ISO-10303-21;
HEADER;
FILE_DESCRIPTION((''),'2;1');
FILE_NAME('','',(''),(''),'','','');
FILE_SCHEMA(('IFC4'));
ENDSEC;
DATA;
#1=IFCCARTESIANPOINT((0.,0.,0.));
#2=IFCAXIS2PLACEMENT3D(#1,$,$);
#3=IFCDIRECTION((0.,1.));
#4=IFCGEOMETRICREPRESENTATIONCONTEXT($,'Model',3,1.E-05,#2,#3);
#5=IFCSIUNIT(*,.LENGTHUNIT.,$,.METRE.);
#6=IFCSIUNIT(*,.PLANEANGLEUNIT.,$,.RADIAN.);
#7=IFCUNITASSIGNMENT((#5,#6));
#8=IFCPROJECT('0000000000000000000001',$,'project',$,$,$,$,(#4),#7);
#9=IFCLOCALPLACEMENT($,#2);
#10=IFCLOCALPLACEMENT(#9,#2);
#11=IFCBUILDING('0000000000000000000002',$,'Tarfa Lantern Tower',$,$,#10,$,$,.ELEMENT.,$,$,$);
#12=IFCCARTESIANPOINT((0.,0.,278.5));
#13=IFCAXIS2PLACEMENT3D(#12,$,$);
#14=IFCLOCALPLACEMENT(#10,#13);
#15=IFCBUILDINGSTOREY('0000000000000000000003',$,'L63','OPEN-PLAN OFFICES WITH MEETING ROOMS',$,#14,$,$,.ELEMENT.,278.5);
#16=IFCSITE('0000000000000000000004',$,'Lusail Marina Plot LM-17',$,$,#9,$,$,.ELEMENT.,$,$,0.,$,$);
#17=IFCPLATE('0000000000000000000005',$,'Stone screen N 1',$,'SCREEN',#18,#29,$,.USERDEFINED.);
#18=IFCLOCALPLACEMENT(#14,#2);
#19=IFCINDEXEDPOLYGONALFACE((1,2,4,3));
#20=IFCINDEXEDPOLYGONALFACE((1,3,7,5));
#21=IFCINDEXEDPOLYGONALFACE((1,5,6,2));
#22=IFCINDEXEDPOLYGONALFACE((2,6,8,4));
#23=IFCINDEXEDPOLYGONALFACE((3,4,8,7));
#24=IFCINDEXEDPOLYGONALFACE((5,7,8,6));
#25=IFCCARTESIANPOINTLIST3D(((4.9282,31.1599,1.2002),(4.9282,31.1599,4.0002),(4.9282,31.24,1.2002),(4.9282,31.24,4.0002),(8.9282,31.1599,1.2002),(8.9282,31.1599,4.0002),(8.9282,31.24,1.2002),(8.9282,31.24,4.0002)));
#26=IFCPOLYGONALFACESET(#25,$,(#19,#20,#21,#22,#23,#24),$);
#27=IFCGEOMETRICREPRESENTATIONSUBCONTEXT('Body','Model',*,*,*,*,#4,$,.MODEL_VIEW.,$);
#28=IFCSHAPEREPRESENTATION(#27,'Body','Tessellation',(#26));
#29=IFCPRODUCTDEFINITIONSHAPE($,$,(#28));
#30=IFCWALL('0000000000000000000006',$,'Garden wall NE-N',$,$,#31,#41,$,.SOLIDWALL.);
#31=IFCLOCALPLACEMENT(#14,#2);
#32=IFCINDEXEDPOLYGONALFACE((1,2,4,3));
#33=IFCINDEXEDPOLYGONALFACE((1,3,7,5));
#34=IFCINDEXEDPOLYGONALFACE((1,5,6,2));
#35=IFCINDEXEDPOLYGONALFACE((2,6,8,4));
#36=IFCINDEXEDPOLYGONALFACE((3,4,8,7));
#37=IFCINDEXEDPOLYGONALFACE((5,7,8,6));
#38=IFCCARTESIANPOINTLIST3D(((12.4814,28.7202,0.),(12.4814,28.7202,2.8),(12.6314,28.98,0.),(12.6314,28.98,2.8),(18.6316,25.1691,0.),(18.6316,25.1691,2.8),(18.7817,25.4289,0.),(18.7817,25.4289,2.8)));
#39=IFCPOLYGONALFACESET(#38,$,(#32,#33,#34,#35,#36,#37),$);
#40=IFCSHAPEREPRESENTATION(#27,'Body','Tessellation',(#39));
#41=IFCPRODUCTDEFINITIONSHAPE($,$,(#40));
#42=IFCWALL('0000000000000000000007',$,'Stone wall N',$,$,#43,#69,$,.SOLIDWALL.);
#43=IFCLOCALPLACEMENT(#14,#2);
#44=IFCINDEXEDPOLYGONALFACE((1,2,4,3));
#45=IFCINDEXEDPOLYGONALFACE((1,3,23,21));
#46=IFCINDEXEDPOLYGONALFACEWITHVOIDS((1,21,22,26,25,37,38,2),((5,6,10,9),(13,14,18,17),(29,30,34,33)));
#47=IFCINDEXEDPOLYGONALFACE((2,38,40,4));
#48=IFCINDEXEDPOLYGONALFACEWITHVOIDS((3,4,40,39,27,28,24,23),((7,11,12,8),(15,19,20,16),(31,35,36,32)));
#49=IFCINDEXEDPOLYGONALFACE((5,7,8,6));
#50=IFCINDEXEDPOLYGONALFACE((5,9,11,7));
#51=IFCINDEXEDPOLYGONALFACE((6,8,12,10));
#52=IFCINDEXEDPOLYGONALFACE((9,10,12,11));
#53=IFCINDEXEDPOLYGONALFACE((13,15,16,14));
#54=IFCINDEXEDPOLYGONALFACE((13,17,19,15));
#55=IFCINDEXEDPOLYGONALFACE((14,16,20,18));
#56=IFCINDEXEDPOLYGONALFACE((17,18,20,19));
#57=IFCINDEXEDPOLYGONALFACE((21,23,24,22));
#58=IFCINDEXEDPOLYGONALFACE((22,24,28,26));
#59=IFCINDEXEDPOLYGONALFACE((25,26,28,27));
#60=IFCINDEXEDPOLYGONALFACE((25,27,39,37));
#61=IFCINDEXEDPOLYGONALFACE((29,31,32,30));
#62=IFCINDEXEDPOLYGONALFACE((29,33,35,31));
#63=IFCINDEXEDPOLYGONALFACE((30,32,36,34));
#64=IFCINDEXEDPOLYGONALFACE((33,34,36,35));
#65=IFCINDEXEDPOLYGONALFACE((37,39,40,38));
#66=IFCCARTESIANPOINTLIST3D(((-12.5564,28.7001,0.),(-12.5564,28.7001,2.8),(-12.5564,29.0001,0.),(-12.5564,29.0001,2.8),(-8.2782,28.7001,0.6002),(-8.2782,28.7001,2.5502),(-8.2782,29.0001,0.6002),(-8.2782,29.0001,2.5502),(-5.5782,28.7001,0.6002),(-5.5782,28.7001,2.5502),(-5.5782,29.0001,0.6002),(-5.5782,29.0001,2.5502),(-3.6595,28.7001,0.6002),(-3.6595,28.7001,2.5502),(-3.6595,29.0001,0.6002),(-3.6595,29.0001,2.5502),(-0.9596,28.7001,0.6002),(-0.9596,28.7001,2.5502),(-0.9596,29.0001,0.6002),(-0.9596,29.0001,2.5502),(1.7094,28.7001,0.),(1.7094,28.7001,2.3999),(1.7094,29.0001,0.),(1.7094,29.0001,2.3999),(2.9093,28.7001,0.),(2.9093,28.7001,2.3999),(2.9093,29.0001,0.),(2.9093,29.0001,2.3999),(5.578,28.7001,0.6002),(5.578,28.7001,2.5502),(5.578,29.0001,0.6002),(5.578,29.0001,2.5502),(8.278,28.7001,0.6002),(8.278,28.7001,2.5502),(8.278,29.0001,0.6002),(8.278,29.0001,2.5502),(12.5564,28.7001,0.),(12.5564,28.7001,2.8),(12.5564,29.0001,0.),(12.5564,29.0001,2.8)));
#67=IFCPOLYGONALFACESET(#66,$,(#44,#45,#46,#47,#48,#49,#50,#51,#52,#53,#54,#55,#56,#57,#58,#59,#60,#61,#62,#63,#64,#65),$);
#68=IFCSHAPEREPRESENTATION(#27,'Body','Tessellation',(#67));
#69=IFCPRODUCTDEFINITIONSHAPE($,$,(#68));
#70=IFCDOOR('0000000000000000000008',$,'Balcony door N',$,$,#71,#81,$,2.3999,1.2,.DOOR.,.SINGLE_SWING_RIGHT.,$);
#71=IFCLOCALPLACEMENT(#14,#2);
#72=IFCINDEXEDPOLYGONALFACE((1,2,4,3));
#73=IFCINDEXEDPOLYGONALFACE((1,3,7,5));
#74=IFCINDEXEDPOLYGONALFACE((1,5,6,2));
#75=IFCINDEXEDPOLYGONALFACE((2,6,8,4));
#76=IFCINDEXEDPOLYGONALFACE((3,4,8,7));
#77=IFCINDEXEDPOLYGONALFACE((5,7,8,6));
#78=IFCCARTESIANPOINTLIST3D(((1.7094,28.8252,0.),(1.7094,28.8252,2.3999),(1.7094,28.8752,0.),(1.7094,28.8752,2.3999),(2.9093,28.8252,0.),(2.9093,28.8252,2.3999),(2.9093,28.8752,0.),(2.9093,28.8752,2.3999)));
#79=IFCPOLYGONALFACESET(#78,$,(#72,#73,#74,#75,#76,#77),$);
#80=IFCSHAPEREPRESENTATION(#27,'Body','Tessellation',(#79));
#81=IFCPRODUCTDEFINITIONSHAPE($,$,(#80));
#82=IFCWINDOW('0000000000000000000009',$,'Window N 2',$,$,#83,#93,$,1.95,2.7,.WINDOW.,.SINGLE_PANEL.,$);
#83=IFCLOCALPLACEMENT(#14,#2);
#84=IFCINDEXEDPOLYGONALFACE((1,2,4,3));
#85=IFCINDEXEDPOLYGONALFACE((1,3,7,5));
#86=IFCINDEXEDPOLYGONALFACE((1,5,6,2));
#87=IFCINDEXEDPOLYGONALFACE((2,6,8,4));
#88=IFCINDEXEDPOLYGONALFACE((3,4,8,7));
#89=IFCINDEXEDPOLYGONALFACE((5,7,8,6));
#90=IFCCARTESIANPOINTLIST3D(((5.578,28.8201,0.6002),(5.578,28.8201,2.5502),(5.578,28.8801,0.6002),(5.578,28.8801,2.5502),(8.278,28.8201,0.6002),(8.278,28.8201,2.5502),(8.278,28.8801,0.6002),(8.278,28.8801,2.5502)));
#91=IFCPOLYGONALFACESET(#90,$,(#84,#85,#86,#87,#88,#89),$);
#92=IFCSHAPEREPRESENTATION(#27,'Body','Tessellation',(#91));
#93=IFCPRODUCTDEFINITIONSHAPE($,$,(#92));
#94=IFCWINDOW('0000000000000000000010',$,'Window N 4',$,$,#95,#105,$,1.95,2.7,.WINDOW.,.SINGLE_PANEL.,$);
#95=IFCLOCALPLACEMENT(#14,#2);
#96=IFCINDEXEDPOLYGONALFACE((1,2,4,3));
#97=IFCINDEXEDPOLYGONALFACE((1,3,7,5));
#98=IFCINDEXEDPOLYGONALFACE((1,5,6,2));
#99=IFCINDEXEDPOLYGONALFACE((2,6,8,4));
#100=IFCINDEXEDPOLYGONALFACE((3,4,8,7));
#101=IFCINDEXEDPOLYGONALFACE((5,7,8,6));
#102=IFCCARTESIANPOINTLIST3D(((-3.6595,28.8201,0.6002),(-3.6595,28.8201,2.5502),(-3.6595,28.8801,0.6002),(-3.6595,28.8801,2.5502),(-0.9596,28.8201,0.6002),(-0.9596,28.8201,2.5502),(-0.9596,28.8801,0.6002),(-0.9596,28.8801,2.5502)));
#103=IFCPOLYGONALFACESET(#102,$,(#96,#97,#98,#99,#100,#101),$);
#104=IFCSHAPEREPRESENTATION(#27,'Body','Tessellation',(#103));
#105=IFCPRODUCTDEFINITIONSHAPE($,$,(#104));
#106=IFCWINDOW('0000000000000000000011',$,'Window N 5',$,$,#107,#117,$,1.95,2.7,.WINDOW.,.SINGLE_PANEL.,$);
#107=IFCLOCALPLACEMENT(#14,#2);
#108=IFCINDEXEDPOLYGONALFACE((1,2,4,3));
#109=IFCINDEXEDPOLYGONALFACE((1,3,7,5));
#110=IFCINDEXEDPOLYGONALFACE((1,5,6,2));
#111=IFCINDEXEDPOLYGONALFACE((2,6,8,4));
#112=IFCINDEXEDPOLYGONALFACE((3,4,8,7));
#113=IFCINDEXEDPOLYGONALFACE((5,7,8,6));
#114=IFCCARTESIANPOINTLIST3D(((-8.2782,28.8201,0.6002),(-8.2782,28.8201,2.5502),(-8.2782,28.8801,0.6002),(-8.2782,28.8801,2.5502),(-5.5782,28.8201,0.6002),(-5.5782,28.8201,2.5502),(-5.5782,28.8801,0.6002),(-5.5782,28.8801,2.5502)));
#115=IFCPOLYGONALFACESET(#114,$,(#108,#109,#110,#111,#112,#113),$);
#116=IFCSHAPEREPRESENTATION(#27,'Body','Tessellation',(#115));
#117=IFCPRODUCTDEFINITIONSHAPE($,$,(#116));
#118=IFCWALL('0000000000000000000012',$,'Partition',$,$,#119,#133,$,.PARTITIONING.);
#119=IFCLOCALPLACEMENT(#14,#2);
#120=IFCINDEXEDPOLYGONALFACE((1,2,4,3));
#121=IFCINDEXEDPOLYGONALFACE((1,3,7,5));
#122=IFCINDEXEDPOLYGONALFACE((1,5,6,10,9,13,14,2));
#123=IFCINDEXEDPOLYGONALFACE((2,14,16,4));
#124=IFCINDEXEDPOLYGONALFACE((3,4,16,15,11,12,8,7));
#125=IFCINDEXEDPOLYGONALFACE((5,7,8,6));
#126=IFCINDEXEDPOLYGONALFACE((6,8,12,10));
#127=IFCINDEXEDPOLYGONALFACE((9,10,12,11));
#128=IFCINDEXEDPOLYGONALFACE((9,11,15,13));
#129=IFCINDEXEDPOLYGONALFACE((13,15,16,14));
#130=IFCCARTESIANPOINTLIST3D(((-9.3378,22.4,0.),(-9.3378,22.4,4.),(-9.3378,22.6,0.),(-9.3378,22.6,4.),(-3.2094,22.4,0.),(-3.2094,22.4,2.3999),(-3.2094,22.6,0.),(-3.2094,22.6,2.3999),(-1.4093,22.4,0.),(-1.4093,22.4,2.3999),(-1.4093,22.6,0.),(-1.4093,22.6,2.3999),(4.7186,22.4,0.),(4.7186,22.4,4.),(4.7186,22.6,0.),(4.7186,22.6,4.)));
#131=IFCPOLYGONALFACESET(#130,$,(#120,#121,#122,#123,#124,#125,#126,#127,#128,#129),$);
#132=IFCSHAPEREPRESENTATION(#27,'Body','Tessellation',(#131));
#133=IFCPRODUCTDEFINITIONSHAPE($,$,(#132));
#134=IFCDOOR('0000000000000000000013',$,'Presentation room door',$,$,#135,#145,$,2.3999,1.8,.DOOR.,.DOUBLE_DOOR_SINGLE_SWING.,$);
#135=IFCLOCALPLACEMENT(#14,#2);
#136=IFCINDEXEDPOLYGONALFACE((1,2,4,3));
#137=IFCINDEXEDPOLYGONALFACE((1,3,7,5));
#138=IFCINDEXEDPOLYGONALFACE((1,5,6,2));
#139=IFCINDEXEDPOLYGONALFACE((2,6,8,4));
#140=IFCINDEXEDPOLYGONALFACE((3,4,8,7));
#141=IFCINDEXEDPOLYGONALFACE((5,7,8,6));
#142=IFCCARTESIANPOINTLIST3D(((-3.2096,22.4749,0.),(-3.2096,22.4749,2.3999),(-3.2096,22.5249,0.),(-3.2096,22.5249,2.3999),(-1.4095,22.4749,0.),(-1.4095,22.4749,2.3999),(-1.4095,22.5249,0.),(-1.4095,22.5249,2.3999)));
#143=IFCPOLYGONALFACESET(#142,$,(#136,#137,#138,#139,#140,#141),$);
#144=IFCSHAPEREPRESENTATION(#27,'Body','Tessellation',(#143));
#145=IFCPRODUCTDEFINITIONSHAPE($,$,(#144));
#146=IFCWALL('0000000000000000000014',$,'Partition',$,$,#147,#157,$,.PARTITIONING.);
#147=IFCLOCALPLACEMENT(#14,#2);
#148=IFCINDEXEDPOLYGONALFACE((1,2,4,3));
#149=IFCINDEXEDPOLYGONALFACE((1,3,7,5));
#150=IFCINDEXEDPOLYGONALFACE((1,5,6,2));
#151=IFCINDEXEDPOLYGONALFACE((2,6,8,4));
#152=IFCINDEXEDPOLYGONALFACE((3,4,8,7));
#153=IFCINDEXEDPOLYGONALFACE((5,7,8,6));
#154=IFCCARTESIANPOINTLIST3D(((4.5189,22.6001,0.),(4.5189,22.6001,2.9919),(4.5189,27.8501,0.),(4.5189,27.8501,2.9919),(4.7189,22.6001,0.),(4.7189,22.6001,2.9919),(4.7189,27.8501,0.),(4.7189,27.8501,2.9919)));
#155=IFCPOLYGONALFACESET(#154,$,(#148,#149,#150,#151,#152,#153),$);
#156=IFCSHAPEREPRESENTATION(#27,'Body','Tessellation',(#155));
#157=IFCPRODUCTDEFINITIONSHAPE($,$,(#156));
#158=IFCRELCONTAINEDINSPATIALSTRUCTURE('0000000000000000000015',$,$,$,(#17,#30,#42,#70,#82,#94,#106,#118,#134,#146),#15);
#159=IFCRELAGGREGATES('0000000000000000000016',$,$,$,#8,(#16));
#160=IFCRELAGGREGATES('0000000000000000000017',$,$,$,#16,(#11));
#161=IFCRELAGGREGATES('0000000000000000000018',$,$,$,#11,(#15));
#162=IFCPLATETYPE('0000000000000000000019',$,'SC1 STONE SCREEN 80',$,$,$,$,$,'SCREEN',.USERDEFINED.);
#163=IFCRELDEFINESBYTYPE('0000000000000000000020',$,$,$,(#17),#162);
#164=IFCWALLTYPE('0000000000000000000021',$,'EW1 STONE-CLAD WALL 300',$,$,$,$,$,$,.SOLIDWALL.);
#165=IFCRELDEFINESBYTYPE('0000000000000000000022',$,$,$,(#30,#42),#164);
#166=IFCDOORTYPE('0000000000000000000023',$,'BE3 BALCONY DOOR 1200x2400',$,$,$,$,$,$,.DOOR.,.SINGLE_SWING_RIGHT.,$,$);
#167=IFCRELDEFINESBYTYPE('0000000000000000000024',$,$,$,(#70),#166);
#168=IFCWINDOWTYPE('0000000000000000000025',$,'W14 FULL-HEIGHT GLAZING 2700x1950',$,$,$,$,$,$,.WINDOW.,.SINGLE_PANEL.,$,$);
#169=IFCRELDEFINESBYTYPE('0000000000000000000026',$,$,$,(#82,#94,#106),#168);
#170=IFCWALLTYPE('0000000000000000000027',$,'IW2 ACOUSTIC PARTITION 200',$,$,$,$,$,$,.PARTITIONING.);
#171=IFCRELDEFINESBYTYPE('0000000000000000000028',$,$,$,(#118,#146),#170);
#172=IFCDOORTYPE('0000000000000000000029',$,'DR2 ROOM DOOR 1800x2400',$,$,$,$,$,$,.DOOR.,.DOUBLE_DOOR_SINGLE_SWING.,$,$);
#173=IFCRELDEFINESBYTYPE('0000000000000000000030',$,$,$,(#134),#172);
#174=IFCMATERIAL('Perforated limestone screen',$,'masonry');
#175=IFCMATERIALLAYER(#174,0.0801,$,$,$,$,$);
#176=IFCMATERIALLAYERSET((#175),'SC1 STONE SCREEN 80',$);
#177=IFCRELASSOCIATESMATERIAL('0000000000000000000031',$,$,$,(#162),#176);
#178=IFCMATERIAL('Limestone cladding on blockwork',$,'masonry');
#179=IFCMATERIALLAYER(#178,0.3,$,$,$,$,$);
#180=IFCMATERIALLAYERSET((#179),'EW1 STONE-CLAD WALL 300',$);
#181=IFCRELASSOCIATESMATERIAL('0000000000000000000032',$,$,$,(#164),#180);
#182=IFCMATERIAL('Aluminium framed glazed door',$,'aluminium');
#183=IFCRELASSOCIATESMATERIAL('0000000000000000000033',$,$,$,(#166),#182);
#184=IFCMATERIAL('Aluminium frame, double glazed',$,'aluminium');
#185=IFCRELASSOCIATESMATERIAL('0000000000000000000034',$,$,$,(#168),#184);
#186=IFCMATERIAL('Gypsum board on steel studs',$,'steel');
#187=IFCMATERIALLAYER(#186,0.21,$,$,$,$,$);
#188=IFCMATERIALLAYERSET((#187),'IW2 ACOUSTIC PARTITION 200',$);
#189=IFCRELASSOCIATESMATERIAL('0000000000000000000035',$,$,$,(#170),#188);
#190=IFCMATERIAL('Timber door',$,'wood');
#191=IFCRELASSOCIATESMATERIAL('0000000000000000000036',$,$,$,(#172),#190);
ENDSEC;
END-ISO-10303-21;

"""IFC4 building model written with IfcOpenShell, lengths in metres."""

from ifc_helpers import new_model, si_unit, direction, frame, frame_2d, origin, origin_2d, place, context, subcontext, project, spatial, rectangle, extrude, material, layer, layer_set, type_object, element, fill, save


model = new_model("IFC4")

# Units and contexts
model_context = context("Model", 3, precision=1e-05, world=origin(), true_north=direction((0.0, 1.0)))
body_context = subcontext(model_context, "Body", "Model", "MODEL_VIEW")
ifc_project = project(units=[si_unit("LENGTHUNIT", "METRE"), si_unit("PLANEANGLEUNIT", "RADIAN")], contexts=[model_context])

# Site, building, storey
site_placement = place(None, origin())
site = spatial("IfcSite", under=ifc_project, at=site_placement, Name="Lusail Marina Plot LM-17", CompositionType="ELEMENT", RefElevation=0.0)
building_placement = place(site_placement, origin())
building = spatial("IfcBuilding", under=site, at=building_placement, Name="Tarfa Lantern Tower", CompositionType="ELEMENT")
storey_placement = place(building_placement, frame((0.0, 0.0, 278.5)))
storey = spatial("IfcBuildingStorey", under=building, at=storey_placement, Name="L63", Description="OPEN-PLAN OFFICES WITH MEETING ROOMS", CompositionType="ELEMENT", Elevation=278.5)

# Plate
ifc_material_1 = material(Name="Perforated limestone screen", Category="masonry")
ifc_layer_1 = layer(ifc_material_1, 0.0801)
ifc_layer_set_1 = layer_set([ifc_layer_1], Name="SC1 STONE SCREEN 80")
plate_type_1 = type_object("IfcPlateType", Name="SC1 STONE SCREEN 80", ElementType="SCREEN", PredefinedType="USERDEFINED", material=ifc_layer_set_1)
plate_1_placement = place(storey_placement, frame((6.9282, 31.2, 1.2002), z_axis=(0.0, 0.0, 1.0), x_axis=(-1.0, 0.0, 0.0)))
element("IfcPlate", 1, at=plate_1_placement, inside=storey, type_object=plate_type_1, Name="Stone screen N 1", ObjectType="SCREEN", PredefinedType="USERDEFINED", context=body_context, shape_type="SweptSolid", body=[
    extrude(rectangle(XDim=4.0, YDim=0.0801, at=origin_2d()), origin(), (0.0, 0.0, 1.0), 2.8),
])

# Wall
ifc_material_2 = material(Name="Limestone cladding on blockwork", Category="masonry")
ifc_layer_2 = layer(ifc_material_2, 0.3)
ifc_layer_set_2 = layer_set([ifc_layer_2], Name="EW1 STONE-CLAD WALL 300")
wall_type_1 = type_object("IfcWallType", Name="EW1 STONE-CLAD WALL 300", PredefinedType="SOLIDWALL", material=ifc_layer_set_2)
wall_1_placement = place(storey_placement, frame((18.7065, 25.2991, 0.0), z_axis=(0.0, 0.0, 1.0), x_axis=(-0.866011, 0.500025, 0.0)))
element("IfcWall", 2, at=wall_1_placement, inside=storey, type_object=wall_type_1, Name="Garden wall NE-N", PredefinedType="SOLIDWALL", context=body_context, shape_type="SweptSolid", body=[
    extrude(rectangle(XDim=7.1018, YDim=0.3, at=frame_2d((3.5508, 0.0))), origin(), (0.0, 0.0, 1.0), 2.8),
])

# Wall, openings, door, windows
wall_2_placement = place(storey_placement, frame((12.5564, 28.8501, 0.0), z_axis=(0.0, 0.0, 1.0), x_axis=(-1.0, 0.0, 0.0)))
wall_2 = element("IfcWall", 3, at=wall_2_placement, inside=storey, type_object=wall_type_1, Name="Stone wall N", PredefinedType="SOLIDWALL", context=body_context, shape_type="SweptSolid", body=[
    extrude(rectangle(XDim=25.1128, YDim=0.3, at=frame_2d((12.5564, 0.0))), origin(), (0.0, 0.0, 1.0), 2.8),
])
opening_1_placement = place(wall_2_placement, frame((4.2783, 0.0, 0.6001)))
opening_1 = element("IfcOpeningElement", 4, at=opening_1_placement, cuts=wall_2, PredefinedType="OPENING", context=body_context, shape_type="SweptSolid", body=[
    extrude(rectangle(XDim=2.7, YDim=1.95, at=frame_2d((1.3501, 0.9751))), frame((0.0, 0.1599, 0.0), z_axis=(0.0, -1.0, 0.0), x_axis=(1.0, 0.0, 0.0)), (0.0, 0.0, 1.0), 0.3201),
])
opening_2_placement = place(wall_2_placement, frame((9.647, 0.0, 0.0)))
opening_2 = element("IfcOpeningElement", 5, at=opening_2_placement, cuts=wall_2, PredefinedType="OPENING", context=body_context, shape_type="SweptSolid", body=[
    extrude(rectangle(XDim=1.2, YDim=2.3999, at=frame_2d((0.6001, 1.2))), frame((0.0, 0.1599, 0.0), z_axis=(0.0, -1.0, 0.0), x_axis=(1.0, 0.0, 0.0)), (0.0, 0.0, 1.0), 0.3201),
])
opening_3_placement = place(wall_2_placement, frame((13.5159, 0.0, 0.6001)))
opening_3 = element("IfcOpeningElement", 6, at=opening_3_placement, cuts=wall_2, PredefinedType="OPENING", context=body_context, shape_type="SweptSolid", body=[
    extrude(rectangle(XDim=2.7, YDim=1.95, at=frame_2d((1.3501, 0.9751))), frame((0.0, 0.1599, 0.0), z_axis=(0.0, -1.0, 0.0), x_axis=(1.0, 0.0, 0.0)), (0.0, 0.0, 1.0), 0.3201),
])
opening_4_placement = place(wall_2_placement, frame((18.1345, 0.0, 0.6001)))
opening_4 = element("IfcOpeningElement", 7, at=opening_4_placement, cuts=wall_2, PredefinedType="OPENING", context=body_context, shape_type="SweptSolid", body=[
    extrude(rectangle(XDim=2.7, YDim=1.95, at=frame_2d((1.3501, 0.9751))), frame((0.0, 0.1599, 0.0), z_axis=(0.0, -1.0, 0.0), x_axis=(1.0, 0.0, 0.0)), (0.0, 0.0, 1.0), 0.3201),
])
ifc_material_3 = material(Name="Aluminium framed glazed door", Category="aluminium")
door_type_1 = type_object("IfcDoorType", Name="BE3 BALCONY DOOR 1200x2400", OperationType="SINGLE_SWING_RIGHT", PredefinedType="DOOR", material=ifc_material_3)
door_1_placement = place(opening_2_placement, origin())
door_1 = element("IfcDoor", 8, at=door_1_placement, inside=storey, type_object=door_type_1, Name="Balcony door N", OperationType="SINGLE_SWING_RIGHT", OverallHeight=2.3999, OverallWidth=1.2, PredefinedType="DOOR", context=body_context, shape_type="SweptSolid", body=[
    extrude(rectangle(XDim=1.2, YDim=2.3999, at=frame_2d((0.6001, 1.2))), frame((0.0, 0.0249, 0.0), z_axis=(0.0, -1.0, 0.0), x_axis=(1.0, 0.0, 0.0)), (0.0, 0.0, 1.0), 0.05),
])
fill(opening_2, door_1)
ifc_material_4 = material(Name="Aluminium frame, double glazed", Category="aluminium")
window_type = type_object("IfcWindowType", Name="W14 FULL-HEIGHT GLAZING 2700x1950", PartitioningType="SINGLE_PANEL", PredefinedType="WINDOW", material=ifc_material_4)
window_1_placement = place(opening_1_placement, origin())
window_1 = element("IfcWindow", 9, at=window_1_placement, inside=storey, type_object=window_type, Name="Window N 2", OverallHeight=1.95, OverallWidth=2.7, PartitioningType="SINGLE_PANEL", PredefinedType="WINDOW", context=body_context, shape_type="SweptSolid", body=[
    extrude(rectangle(XDim=2.7, YDim=1.95, at=frame_2d((1.3501, 0.9751))), frame((0.0, 0.03, 0.0), z_axis=(0.0, -1.0, 0.0), x_axis=(1.0, 0.0, 0.0)), (0.0, 0.0, 1.0), 0.0601),
])
fill(opening_1, window_1)
window_2_placement = place(opening_3_placement, origin())
window_2 = element("IfcWindow", 10, at=window_2_placement, inside=storey, type_object=window_type, Name="Window N 4", OverallHeight=1.95, OverallWidth=2.7, PartitioningType="SINGLE_PANEL", PredefinedType="WINDOW", context=body_context, shape_type="SweptSolid", body=[
    extrude(rectangle(XDim=2.7, YDim=1.95, at=frame_2d((1.3501, 0.9751))), frame((0.0, 0.03, 0.0), z_axis=(0.0, -1.0, 0.0), x_axis=(1.0, 0.0, 0.0)), (0.0, 0.0, 1.0), 0.0601),
])
fill(opening_3, window_2)
window_3_placement = place(opening_4_placement, origin())
window_3 = element("IfcWindow", 11, at=window_3_placement, inside=storey, type_object=window_type, Name="Window N 5", OverallHeight=1.95, OverallWidth=2.7, PartitioningType="SINGLE_PANEL", PredefinedType="WINDOW", context=body_context, shape_type="SweptSolid", body=[
    extrude(rectangle(XDim=2.7, YDim=1.95, at=frame_2d((1.3501, 0.9751))), frame((0.0, 0.03, 0.0), z_axis=(0.0, -1.0, 0.0), x_axis=(1.0, 0.0, 0.0)), (0.0, 0.0, 1.0), 0.0601),
])
fill(opening_4, window_3)

# Wall, opening, door
ifc_material_5 = material(Name="Gypsum board on steel studs", Category="steel")
ifc_layer_3 = layer(ifc_material_5, 0.21)
ifc_layer_set_3 = layer_set([ifc_layer_3], Name="IW2 ACOUSTIC PARTITION 200")
wall_type_2 = type_object("IfcWallType", Name="IW2 ACOUSTIC PARTITION 200", PredefinedType="PARTITIONING", material=ifc_layer_set_3)
wall_3_placement = place(storey_placement, frame((4.7188, 22.5, 0.0), z_axis=(0.0, 0.0, 1.0), x_axis=(-1.0, 0.0, 0.0)))
wall_3 = element("IfcWall", 12, at=wall_3_placement, inside=storey, type_object=wall_type_2, Name="Partition", PredefinedType="PARTITIONING", context=body_context, shape_type="SweptSolid", body=[
    extrude(rectangle(XDim=14.0564, YDim=0.2, at=frame_2d((7.0283, 0.0))), origin(), (0.0, 0.0, 1.0), 4.0),
])
opening_5_placement = place(wall_3_placement, frame((6.1282, 0.0, 0.0)))
opening_5 = element("IfcOpeningElement", 13, at=opening_5_placement, cuts=wall_3, PredefinedType="OPENING", context=body_context, shape_type="SweptSolid", body=[
    extrude(rectangle(XDim=1.8, YDim=2.3999, at=frame_2d((0.8999, 1.2))), frame((0.0, 0.1099, 0.0), z_axis=(0.0, -1.0, 0.0), x_axis=(1.0, 0.0, 0.0)), (0.0, 0.0, 1.0), 0.22),
])
ifc_material_6 = material(Name="Timber door", Category="wood")
door_type_2 = type_object("IfcDoorType", Name="DR2 ROOM DOOR 1800x2400", OperationType="DOUBLE_DOOR_SINGLE_SWING", PredefinedType="DOOR", material=ifc_material_6)
door_2_placement = place(opening_5_placement, frame((1.8, 0.0, 0.0), z_axis=(0.0, 0.0, 1.0), x_axis=(-1.0, 0.0, 0.0)))
door_2 = element("IfcDoor", 14, at=door_2_placement, inside=storey, type_object=door_type_2, Name="Presentation room door", OperationType="DOUBLE_DOOR_SINGLE_SWING", OverallHeight=2.3999, OverallWidth=1.8, PredefinedType="DOOR", context=body_context, shape_type="SweptSolid", body=[
    extrude(rectangle(XDim=1.8, YDim=2.3999, at=frame_2d((0.8999, 1.2))), frame((0.0, 0.0249, 0.0), z_axis=(0.0, -1.0, 0.0), x_axis=(1.0, 0.0, 0.0)), (0.0, 0.0, 1.0), 0.05),
])
fill(opening_5, door_2)

# Wall
wall_4_placement = place(storey_placement, frame((4.6189, 22.6001, 0.0), z_axis=(0.0, 0.0, 1.0), x_axis=(0.0, 1.0, 0.0)))
element("IfcWall", 15, at=wall_4_placement, inside=storey, type_object=wall_type_2, Name="Partition", PredefinedType="PARTITIONING", context=body_context, shape_type="SweptSolid", body=[
    extrude(rectangle(XDim=5.25, YDim=0.2, at=frame_2d((2.625, 0.0))), origin(), (0.0, 0.0, 1.0), 2.9919),
])

save(model, "model.ifc")
